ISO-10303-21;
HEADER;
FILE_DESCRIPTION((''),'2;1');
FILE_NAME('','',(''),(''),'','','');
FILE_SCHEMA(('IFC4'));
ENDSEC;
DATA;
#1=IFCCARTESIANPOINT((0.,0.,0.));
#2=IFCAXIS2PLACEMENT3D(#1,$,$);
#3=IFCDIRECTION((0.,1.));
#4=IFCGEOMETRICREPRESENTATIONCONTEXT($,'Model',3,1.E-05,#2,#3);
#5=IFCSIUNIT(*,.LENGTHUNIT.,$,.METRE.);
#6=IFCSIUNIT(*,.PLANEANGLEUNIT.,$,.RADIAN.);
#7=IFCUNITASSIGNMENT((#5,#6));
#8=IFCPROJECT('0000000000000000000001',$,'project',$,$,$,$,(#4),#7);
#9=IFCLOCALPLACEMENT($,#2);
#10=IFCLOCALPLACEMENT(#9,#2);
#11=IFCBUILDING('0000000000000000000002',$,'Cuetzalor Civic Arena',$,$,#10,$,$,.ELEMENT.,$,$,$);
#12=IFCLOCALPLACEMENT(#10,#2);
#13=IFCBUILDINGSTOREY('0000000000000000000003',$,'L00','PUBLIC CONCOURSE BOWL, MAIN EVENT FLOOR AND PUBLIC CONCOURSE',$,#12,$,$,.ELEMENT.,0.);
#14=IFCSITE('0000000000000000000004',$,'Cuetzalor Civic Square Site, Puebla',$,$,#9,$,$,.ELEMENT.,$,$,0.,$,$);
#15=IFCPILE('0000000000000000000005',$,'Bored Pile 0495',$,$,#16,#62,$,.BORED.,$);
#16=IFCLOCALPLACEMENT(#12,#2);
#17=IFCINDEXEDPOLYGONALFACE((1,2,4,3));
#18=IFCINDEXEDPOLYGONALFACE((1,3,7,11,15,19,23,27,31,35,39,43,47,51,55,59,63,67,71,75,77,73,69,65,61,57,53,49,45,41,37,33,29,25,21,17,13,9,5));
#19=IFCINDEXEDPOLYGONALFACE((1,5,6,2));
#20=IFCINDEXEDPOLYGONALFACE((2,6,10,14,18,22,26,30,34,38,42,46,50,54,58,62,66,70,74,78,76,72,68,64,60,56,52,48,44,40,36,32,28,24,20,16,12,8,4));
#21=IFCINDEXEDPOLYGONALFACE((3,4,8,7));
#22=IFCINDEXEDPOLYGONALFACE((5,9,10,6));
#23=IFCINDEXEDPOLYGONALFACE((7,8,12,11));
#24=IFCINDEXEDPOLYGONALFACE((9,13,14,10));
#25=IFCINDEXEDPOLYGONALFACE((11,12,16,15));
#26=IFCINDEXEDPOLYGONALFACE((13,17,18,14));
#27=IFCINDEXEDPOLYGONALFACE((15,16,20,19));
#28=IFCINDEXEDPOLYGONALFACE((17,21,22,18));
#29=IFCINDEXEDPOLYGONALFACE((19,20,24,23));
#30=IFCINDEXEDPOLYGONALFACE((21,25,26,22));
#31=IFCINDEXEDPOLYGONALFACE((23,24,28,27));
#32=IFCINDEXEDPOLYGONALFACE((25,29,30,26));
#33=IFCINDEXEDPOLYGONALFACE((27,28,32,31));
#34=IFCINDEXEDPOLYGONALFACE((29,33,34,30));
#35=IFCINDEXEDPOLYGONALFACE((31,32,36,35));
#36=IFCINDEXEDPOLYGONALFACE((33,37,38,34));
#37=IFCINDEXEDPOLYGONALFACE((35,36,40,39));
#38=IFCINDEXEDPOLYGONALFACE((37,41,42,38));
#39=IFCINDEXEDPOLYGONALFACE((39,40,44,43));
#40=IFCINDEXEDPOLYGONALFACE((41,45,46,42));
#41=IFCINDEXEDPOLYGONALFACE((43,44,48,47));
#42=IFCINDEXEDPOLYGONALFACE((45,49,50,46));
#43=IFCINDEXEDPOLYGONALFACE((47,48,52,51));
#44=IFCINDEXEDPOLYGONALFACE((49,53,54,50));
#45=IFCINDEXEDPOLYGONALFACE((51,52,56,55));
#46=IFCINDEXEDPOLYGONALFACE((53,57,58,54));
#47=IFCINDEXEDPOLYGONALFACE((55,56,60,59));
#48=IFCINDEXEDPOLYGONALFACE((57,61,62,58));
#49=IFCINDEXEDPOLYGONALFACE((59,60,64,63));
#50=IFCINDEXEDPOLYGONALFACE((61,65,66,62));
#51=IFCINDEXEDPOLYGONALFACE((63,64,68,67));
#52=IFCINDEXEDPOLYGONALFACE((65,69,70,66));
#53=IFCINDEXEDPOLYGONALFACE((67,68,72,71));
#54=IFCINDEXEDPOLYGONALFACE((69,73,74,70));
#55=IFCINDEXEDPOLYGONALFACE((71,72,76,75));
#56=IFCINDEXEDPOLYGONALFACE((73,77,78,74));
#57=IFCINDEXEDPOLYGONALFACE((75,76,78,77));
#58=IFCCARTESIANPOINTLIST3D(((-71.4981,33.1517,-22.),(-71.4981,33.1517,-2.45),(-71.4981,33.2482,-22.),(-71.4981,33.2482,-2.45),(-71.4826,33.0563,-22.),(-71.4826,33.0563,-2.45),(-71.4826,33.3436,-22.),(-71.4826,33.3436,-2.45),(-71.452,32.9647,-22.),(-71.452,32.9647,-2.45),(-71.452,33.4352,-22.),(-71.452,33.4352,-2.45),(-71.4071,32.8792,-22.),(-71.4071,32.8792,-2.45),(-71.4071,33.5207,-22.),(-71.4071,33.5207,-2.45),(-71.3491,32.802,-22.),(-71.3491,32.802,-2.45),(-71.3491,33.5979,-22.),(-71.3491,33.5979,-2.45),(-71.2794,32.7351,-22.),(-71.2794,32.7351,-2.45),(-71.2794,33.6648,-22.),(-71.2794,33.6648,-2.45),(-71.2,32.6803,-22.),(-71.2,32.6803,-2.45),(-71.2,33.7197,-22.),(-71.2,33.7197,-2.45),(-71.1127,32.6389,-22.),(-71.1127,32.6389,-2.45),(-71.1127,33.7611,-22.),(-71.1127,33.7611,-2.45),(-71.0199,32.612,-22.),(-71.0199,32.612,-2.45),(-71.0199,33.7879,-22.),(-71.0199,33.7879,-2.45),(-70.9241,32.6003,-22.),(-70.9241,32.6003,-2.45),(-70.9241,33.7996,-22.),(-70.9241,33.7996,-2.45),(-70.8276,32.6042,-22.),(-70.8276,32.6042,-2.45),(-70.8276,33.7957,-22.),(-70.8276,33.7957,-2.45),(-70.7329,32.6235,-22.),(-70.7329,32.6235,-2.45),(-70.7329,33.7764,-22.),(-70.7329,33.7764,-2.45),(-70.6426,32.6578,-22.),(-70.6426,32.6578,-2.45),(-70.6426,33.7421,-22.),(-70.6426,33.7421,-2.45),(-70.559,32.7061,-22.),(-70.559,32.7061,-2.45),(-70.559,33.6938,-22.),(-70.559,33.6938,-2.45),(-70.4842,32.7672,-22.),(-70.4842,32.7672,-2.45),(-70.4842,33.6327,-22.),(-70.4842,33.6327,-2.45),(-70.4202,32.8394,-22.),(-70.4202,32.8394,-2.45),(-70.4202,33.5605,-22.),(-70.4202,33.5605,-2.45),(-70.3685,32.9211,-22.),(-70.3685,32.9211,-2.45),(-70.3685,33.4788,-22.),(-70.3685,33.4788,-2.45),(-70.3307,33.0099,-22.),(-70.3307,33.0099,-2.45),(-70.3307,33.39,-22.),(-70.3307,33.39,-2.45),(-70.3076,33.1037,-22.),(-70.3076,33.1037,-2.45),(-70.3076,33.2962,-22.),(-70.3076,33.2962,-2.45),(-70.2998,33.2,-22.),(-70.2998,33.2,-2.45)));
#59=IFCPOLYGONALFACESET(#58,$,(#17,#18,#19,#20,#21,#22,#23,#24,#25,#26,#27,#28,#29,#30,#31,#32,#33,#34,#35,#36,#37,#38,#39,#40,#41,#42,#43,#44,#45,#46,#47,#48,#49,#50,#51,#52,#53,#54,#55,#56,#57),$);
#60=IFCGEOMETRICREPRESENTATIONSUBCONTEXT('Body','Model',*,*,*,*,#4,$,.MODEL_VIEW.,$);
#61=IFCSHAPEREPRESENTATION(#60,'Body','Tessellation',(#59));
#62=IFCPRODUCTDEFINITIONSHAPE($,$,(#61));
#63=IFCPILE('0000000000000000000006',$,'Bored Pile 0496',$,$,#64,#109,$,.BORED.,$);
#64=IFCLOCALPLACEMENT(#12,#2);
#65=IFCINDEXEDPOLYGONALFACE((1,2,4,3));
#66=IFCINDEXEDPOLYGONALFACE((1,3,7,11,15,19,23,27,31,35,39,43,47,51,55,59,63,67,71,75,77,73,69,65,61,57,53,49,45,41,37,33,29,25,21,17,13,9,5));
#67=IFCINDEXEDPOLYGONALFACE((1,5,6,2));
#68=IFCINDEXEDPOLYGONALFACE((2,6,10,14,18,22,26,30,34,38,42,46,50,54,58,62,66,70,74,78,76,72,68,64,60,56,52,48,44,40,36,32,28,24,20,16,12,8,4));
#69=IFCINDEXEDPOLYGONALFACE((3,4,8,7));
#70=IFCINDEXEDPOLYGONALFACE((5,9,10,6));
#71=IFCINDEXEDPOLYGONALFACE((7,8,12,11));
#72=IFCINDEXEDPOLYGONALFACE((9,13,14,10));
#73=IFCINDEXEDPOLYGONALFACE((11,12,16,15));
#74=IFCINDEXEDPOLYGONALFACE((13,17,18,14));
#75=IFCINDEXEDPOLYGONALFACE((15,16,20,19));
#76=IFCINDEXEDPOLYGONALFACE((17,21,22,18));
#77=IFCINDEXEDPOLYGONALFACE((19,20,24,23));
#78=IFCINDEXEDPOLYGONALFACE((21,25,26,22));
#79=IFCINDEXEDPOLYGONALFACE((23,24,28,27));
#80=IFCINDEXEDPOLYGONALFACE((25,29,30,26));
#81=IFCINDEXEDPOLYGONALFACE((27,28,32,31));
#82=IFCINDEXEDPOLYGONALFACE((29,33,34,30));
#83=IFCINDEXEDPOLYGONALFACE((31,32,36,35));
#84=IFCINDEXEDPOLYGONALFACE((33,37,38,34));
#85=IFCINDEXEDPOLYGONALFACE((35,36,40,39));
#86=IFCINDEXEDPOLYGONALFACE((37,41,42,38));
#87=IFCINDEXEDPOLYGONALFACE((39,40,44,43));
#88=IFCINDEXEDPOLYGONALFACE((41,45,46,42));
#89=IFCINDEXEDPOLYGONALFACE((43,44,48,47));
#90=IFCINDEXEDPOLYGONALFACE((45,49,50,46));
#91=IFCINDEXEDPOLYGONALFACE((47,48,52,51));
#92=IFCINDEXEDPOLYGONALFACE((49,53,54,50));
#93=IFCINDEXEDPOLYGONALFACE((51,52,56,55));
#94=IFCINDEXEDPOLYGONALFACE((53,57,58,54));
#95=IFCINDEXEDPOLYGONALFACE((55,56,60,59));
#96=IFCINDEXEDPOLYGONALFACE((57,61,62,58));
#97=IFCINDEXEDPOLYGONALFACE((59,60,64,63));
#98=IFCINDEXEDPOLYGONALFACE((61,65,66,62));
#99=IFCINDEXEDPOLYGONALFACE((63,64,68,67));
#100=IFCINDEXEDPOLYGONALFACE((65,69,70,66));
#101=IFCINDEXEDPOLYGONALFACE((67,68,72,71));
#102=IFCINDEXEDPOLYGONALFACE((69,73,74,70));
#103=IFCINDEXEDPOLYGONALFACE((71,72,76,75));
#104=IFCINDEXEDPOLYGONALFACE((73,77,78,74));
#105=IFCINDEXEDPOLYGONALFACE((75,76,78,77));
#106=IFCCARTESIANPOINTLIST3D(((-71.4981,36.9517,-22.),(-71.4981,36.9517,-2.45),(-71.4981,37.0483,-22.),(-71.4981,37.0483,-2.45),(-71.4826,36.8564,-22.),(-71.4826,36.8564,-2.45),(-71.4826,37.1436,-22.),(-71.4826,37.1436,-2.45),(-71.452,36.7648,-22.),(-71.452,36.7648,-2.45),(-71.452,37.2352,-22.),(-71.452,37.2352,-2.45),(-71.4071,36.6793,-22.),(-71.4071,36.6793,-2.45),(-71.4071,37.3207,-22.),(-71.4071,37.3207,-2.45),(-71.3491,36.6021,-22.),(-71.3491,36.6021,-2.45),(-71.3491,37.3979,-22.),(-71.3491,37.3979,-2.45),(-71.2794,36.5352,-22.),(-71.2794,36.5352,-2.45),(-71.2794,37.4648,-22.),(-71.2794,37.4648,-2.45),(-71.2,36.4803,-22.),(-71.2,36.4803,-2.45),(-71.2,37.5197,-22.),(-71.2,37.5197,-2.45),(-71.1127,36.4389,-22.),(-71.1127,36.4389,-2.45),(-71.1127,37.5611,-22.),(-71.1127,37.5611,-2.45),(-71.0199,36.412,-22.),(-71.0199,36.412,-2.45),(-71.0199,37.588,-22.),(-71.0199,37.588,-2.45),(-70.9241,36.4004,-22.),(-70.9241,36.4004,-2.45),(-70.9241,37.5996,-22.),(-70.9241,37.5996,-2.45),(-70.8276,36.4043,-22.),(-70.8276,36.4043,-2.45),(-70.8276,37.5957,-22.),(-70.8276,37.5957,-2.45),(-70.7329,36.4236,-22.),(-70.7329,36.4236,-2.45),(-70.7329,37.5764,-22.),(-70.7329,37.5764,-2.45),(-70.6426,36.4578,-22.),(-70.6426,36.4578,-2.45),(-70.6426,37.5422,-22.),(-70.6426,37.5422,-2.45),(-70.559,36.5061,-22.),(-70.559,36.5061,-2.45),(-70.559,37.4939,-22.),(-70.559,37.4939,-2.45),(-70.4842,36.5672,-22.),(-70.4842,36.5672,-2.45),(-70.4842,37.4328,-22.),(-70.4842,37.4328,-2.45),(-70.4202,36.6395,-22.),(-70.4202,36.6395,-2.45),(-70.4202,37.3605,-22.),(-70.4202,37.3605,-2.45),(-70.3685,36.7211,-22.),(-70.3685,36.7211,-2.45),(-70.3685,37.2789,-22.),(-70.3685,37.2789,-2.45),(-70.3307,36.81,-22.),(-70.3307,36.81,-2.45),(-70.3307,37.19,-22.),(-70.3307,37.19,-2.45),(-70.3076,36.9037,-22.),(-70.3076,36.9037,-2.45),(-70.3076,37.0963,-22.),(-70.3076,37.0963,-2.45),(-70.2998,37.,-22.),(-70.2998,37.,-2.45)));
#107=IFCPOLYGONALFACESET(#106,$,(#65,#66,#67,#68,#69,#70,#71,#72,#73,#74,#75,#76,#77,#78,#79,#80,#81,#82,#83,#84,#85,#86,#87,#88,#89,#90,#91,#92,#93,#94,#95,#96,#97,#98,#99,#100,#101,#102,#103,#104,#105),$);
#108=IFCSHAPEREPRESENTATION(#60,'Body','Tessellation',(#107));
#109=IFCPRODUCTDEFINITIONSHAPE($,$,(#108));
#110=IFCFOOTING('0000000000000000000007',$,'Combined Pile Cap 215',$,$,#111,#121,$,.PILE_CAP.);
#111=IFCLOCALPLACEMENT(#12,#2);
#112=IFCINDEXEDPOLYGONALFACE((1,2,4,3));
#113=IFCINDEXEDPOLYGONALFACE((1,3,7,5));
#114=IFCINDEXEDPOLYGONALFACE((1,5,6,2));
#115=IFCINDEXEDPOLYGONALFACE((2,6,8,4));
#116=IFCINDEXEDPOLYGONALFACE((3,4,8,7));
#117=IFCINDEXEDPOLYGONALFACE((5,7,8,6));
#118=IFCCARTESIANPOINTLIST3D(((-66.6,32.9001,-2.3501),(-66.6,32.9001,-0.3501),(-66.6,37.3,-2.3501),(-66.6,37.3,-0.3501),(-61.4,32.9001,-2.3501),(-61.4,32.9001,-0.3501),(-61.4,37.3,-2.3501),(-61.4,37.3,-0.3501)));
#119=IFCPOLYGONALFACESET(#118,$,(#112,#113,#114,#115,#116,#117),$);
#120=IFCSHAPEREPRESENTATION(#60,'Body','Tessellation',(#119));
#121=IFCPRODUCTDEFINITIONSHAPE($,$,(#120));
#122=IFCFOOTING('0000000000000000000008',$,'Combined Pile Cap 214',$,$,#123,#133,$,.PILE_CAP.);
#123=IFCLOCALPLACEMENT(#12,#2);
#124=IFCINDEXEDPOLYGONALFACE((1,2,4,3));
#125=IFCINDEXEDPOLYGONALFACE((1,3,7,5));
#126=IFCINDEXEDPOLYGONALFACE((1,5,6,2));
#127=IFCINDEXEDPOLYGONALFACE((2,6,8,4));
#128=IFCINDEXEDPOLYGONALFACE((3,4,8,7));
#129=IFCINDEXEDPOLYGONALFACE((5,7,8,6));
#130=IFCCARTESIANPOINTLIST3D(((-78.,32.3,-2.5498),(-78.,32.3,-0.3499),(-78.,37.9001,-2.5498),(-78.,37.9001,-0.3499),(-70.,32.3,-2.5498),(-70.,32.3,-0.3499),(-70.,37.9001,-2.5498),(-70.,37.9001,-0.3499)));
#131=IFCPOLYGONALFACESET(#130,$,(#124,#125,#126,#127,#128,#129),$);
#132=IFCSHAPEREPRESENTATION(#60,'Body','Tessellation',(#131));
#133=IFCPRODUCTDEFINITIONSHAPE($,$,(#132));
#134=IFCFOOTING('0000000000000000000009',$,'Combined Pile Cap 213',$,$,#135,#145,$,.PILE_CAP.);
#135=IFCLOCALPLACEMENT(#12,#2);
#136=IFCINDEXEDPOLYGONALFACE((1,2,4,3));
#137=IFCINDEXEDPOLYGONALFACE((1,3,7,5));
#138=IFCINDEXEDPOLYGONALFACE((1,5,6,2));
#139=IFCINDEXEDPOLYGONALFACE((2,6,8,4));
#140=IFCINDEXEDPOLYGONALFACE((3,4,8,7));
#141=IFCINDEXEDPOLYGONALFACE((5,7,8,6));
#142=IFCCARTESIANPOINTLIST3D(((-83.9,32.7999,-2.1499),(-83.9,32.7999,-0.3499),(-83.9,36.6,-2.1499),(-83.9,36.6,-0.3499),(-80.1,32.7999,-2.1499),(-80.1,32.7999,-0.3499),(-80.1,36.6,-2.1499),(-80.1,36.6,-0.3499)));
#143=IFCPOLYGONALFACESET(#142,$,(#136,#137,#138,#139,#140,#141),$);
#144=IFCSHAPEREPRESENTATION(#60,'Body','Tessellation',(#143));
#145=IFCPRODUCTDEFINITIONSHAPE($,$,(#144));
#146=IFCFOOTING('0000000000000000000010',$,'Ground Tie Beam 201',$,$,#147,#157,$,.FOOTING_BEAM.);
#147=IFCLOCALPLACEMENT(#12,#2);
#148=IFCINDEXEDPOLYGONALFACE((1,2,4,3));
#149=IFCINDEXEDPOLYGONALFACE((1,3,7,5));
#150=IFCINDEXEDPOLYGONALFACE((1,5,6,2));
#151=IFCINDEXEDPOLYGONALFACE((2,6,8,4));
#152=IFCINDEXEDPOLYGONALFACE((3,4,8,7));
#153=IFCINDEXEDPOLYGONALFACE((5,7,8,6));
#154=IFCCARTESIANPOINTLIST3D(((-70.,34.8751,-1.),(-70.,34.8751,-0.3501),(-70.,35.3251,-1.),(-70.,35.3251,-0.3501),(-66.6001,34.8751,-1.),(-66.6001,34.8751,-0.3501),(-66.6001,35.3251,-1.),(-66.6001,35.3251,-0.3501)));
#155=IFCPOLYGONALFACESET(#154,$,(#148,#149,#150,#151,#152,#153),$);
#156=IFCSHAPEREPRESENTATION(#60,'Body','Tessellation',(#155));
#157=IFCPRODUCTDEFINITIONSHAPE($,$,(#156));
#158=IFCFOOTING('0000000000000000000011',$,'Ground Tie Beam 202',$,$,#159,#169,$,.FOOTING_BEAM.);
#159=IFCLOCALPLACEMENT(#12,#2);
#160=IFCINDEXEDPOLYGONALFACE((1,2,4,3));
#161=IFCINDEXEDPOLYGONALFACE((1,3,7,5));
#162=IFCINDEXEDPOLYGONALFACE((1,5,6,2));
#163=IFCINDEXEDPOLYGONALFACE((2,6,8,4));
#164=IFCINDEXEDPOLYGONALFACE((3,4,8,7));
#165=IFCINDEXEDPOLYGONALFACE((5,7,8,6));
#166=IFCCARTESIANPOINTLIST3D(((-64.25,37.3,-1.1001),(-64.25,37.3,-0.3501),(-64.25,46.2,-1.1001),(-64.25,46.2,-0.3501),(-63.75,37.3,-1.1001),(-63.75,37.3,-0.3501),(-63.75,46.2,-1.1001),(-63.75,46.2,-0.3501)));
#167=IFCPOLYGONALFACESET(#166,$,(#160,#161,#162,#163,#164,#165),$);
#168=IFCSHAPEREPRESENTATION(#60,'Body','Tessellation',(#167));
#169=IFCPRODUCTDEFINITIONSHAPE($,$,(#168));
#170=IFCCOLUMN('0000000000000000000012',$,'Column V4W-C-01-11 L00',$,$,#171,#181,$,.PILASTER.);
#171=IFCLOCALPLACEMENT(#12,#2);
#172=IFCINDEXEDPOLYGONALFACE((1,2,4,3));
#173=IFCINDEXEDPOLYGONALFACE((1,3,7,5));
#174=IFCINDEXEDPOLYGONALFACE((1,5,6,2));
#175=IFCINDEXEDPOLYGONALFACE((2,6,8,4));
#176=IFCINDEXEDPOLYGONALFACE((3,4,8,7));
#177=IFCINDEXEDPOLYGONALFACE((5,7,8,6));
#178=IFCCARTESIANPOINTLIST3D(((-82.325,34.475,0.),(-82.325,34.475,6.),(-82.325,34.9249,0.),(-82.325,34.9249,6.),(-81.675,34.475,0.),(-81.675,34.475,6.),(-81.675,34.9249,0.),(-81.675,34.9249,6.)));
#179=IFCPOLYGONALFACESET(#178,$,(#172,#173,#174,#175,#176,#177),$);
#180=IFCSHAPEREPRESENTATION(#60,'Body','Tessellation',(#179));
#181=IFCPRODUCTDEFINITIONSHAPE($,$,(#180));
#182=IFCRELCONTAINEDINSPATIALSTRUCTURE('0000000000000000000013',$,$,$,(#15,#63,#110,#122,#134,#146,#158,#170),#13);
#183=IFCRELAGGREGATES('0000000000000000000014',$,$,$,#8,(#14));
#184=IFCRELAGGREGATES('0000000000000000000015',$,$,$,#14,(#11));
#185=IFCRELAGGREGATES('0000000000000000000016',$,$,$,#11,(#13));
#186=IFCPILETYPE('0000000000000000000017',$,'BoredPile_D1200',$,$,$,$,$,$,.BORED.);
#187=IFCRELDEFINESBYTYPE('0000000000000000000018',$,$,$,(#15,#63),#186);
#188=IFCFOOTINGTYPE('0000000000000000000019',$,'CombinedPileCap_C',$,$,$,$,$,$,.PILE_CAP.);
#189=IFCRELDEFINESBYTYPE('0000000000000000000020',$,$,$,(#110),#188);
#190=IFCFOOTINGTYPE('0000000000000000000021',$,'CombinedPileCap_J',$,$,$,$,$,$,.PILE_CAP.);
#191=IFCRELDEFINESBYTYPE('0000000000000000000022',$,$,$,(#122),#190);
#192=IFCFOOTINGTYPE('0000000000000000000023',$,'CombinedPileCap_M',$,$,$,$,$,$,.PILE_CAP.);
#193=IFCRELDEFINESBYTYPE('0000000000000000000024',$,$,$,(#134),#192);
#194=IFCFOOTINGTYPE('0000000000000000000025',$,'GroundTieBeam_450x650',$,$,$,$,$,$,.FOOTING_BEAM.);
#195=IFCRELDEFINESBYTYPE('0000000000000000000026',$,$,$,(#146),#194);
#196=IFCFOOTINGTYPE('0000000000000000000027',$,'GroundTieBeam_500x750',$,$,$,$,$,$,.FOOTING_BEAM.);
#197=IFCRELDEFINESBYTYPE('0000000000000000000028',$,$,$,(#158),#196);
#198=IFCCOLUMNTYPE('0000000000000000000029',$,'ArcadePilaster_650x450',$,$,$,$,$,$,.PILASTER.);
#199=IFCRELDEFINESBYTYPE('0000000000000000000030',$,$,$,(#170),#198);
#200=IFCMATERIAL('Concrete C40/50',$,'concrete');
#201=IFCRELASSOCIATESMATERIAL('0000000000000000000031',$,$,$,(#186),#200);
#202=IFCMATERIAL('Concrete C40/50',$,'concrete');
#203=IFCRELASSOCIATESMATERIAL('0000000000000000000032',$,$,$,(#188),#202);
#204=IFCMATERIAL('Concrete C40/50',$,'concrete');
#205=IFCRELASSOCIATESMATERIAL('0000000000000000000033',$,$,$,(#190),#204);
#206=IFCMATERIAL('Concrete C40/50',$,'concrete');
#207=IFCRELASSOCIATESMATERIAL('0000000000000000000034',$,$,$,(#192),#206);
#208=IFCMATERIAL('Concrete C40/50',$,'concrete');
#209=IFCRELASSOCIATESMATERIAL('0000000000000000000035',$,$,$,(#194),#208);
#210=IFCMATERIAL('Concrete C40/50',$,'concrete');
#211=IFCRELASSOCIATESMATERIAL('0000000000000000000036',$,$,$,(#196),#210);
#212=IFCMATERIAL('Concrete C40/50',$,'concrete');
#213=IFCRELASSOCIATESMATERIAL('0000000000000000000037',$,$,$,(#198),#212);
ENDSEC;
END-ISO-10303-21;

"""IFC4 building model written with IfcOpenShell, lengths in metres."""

from ifc_helpers import new_model, si_unit, direction, frame, origin, origin_2d, place, context, subcontext, project, spatial, rectangle, circle, extrude, material, material_profile, profile_set, type_object, element, save


model = new_model("IFC4")

# Units and contexts
model_context = context("Model", 3, precision=1e-05, world=origin(), true_north=direction((0.0, 1.0)))
body_context = subcontext(model_context, "Body", "Model", "MODEL_VIEW")
ifc_project = project(units=[si_unit("LENGTHUNIT", "METRE"), si_unit("PLANEANGLEUNIT", "RADIAN")], contexts=[model_context])

# Site, building, storey
site_placement = place(None, origin())
site = spatial("IfcSite", under=ifc_project, at=site_placement, Name="Cuetzalor Civic Square Site, Puebla", CompositionType="ELEMENT", RefElevation=0.0)
building_placement = place(site_placement, origin())
building = spatial("IfcBuilding", under=site, at=building_placement, Name="Cuetzalor Civic Arena", CompositionType="ELEMENT")
storey_placement = place(building_placement, origin())
storey = spatial("IfcBuildingStorey", under=building, at=storey_placement, Name="L00", Description="PUBLIC CONCOURSE BOWL, MAIN EVENT FLOOR AND PUBLIC CONCOURSE", CompositionType="ELEMENT", Elevation=0.0)

# Piles
ifc_material_1 = material(Name="Concrete C40/50", Category="concrete")
ifc_material_profile_1 = material_profile(ifc_material_1, circle(Radius=0.6001, at=origin_2d()), Name="BORED PILE D1200")
ifc_profile_set_1 = profile_set([ifc_material_profile_1], Name="Concrete C40/50")
pile_type_1 = type_object("IfcPileType", Name="BoredPile_D1200", PredefinedType="BORED", material=ifc_profile_set_1)
for number, where, z_axis, x_axis, name in (
    (1, (-70.8999, 33.2, -2.45), (0.0, 0.0, -1.0), (1.0, 0.0, 0.0), "Bored Pile 0495"),
    (2, (-70.8999, 37.0, -2.45), (0.0, 0.0, -1.0), (1.0, 0.0, 0.0), "Bored Pile 0496"),
):
    element("IfcPile", number, at=place(storey_placement, frame(where, z_axis=z_axis, x_axis=x_axis)), inside=storey, type_object=pile_type_1, Name=name, PredefinedType="BORED", context=body_context, shape_type="SweptSolid", body=[
        extrude(circle(Radius=0.6001, at=origin_2d()), origin(), (0.0, 0.0, 1.0), 19.55),
    ])

# Footings
ifc_material_2 = material(Name="Concrete C40/50", Category="concrete")
footing_type_1 = type_object("IfcFootingType", Name="CombinedPileCap_C", PredefinedType="PILE_CAP", material=ifc_material_2)
footing_1_placement = place(storey_placement, frame((-64.0, 35.1001, -2.3501), z_axis=(0.0, 0.0, 1.0), x_axis=(1.0, 0.0, 0.0)))
element("IfcFooting", 3, at=footing_1_placement, inside=storey, type_object=footing_type_1, Name="Combined Pile Cap 215", PredefinedType="PILE_CAP", context=body_context, shape_type="SweptSolid", body=[
    extrude(rectangle(XDim=5.2, YDim=4.3999, at=origin_2d()), origin(), (0.0, 0.0, 1.0), 2.0),
])
ifc_material_3 = material(Name="Concrete C40/50", Category="concrete")
footing_type_2 = type_object("IfcFootingType", Name="CombinedPileCap_J", PredefinedType="PILE_CAP", material=ifc_material_3)
footing_2_placement = place(storey_placement, frame((-74.0, 35.1001, -2.5498), z_axis=(0.0, 0.0, 1.0), x_axis=(1.0, 0.0, 0.0)))
element("IfcFooting", 4, at=footing_2_placement, inside=storey, type_object=footing_type_2, Name="Combined Pile Cap 214", PredefinedType="PILE_CAP", context=body_context, shape_type="SweptSolid", body=[
    extrude(rectangle(XDim=8.0, YDim=5.6001, at=origin_2d()), origin(), (0.0, 0.0, 1.0), 2.2),
])
ifc_material_4 = material(Name="Concrete C40/50", Category="concrete")
footing_type_3 = type_object("IfcFootingType", Name="CombinedPileCap_M", PredefinedType="PILE_CAP", material=ifc_material_4)
footing_3_placement = place(storey_placement, frame((-82.0, 34.7, -2.1499), z_axis=(0.0, 0.0, 1.0), x_axis=(1.0, 0.0, 0.0)))
element("IfcFooting", 5, at=footing_3_placement, inside=storey, type_object=footing_type_3, Name="Combined Pile Cap 213", PredefinedType="PILE_CAP", context=body_context, shape_type="SweptSolid", body=[
    extrude(rectangle(XDim=3.8, YDim=3.8, at=origin_2d()), origin(), (0.0, 0.0, 1.0), 1.8),
])
ifc_material_5 = material(Name="Concrete C40/50", Category="concrete")
ifc_material_profile_2 = material_profile(ifc_material_5, rectangle(XDim=0.45, YDim=0.6499, at=origin_2d()), Name="RC 450x650")
ifc_profile_set_2 = profile_set([ifc_material_profile_2], Name="Concrete C40/50")
footing_type_4 = type_object("IfcFootingType", Name="GroundTieBeam_450x650", PredefinedType="FOOTING_BEAM", material=ifc_profile_set_2)
footing_4_placement = place(storey_placement, frame((-70.0, 35.1001, -0.675), z_axis=(1.0, 0.0, 0.0), x_axis=(0.0, 1.0, 0.0)))
element("IfcFooting", 6, at=footing_4_placement, inside=storey, type_object=footing_type_4, Name="Ground Tie Beam 201", PredefinedType="FOOTING_BEAM", context=body_context, shape_type="SweptSolid", body=[
    extrude(rectangle(XDim=0.45, YDim=0.6499, at=origin_2d()), origin(), (0.0, 0.0, 1.0), 3.3999),
])
ifc_material_6 = material(Name="Concrete C40/50", Category="concrete")
ifc_material_profile_3 = material_profile(ifc_material_6, rectangle(XDim=0.5, YDim=0.75, at=origin_2d()), Name="RC 500x750")
ifc_profile_set_3 = profile_set([ifc_material_profile_3], Name="Concrete C40/50")
footing_type_5 = type_object("IfcFootingType", Name="GroundTieBeam_500x750", PredefinedType="FOOTING_BEAM", material=ifc_profile_set_3)
footing_5_placement = place(storey_placement, frame((-64.0, 37.3, -0.7251), z_axis=(0.0, 1.0, 0.0), x_axis=(-1.0, 0.0, 0.0)))
element("IfcFooting", 7, at=footing_5_placement, inside=storey, type_object=footing_type_5, Name="Ground Tie Beam 202", PredefinedType="FOOTING_BEAM", context=body_context, shape_type="SweptSolid", body=[
    extrude(rectangle(XDim=0.5, YDim=0.75, at=origin_2d()), origin(), (0.0, 0.0, 1.0), 8.8999),
])

# Column
ifc_material_7 = material(Name="Concrete C40/50", Category="concrete")
ifc_material_profile_4 = material_profile(ifc_material_7, rectangle(XDim=0.6499, YDim=0.45, at=origin_2d()), Name="RC 650x450")
ifc_profile_set_4 = profile_set([ifc_material_profile_4], Name="Concrete C40/50")
column_type_1 = type_object("IfcColumnType", Name="ArcadePilaster_650x450", PredefinedType="PILASTER", material=ifc_profile_set_4)
column_placement = place(storey_placement, frame((-82.0, 34.7, 0.0), z_axis=(0.0, 0.0, 1.0), x_axis=(1.0, 0.0, 0.0)))
element("IfcColumn", 8, at=column_placement, inside=storey, type_object=column_type_1, Name="Column V4W-C-01-11 L00", PredefinedType="PILASTER", context=body_context, shape_type="SweptSolid", body=[
    extrude(rectangle(XDim=0.6499, YDim=0.45, at=origin_2d()), origin(), (0.0, 0.0, 1.0), 6.0),
])

save(model, "model.ifc")
